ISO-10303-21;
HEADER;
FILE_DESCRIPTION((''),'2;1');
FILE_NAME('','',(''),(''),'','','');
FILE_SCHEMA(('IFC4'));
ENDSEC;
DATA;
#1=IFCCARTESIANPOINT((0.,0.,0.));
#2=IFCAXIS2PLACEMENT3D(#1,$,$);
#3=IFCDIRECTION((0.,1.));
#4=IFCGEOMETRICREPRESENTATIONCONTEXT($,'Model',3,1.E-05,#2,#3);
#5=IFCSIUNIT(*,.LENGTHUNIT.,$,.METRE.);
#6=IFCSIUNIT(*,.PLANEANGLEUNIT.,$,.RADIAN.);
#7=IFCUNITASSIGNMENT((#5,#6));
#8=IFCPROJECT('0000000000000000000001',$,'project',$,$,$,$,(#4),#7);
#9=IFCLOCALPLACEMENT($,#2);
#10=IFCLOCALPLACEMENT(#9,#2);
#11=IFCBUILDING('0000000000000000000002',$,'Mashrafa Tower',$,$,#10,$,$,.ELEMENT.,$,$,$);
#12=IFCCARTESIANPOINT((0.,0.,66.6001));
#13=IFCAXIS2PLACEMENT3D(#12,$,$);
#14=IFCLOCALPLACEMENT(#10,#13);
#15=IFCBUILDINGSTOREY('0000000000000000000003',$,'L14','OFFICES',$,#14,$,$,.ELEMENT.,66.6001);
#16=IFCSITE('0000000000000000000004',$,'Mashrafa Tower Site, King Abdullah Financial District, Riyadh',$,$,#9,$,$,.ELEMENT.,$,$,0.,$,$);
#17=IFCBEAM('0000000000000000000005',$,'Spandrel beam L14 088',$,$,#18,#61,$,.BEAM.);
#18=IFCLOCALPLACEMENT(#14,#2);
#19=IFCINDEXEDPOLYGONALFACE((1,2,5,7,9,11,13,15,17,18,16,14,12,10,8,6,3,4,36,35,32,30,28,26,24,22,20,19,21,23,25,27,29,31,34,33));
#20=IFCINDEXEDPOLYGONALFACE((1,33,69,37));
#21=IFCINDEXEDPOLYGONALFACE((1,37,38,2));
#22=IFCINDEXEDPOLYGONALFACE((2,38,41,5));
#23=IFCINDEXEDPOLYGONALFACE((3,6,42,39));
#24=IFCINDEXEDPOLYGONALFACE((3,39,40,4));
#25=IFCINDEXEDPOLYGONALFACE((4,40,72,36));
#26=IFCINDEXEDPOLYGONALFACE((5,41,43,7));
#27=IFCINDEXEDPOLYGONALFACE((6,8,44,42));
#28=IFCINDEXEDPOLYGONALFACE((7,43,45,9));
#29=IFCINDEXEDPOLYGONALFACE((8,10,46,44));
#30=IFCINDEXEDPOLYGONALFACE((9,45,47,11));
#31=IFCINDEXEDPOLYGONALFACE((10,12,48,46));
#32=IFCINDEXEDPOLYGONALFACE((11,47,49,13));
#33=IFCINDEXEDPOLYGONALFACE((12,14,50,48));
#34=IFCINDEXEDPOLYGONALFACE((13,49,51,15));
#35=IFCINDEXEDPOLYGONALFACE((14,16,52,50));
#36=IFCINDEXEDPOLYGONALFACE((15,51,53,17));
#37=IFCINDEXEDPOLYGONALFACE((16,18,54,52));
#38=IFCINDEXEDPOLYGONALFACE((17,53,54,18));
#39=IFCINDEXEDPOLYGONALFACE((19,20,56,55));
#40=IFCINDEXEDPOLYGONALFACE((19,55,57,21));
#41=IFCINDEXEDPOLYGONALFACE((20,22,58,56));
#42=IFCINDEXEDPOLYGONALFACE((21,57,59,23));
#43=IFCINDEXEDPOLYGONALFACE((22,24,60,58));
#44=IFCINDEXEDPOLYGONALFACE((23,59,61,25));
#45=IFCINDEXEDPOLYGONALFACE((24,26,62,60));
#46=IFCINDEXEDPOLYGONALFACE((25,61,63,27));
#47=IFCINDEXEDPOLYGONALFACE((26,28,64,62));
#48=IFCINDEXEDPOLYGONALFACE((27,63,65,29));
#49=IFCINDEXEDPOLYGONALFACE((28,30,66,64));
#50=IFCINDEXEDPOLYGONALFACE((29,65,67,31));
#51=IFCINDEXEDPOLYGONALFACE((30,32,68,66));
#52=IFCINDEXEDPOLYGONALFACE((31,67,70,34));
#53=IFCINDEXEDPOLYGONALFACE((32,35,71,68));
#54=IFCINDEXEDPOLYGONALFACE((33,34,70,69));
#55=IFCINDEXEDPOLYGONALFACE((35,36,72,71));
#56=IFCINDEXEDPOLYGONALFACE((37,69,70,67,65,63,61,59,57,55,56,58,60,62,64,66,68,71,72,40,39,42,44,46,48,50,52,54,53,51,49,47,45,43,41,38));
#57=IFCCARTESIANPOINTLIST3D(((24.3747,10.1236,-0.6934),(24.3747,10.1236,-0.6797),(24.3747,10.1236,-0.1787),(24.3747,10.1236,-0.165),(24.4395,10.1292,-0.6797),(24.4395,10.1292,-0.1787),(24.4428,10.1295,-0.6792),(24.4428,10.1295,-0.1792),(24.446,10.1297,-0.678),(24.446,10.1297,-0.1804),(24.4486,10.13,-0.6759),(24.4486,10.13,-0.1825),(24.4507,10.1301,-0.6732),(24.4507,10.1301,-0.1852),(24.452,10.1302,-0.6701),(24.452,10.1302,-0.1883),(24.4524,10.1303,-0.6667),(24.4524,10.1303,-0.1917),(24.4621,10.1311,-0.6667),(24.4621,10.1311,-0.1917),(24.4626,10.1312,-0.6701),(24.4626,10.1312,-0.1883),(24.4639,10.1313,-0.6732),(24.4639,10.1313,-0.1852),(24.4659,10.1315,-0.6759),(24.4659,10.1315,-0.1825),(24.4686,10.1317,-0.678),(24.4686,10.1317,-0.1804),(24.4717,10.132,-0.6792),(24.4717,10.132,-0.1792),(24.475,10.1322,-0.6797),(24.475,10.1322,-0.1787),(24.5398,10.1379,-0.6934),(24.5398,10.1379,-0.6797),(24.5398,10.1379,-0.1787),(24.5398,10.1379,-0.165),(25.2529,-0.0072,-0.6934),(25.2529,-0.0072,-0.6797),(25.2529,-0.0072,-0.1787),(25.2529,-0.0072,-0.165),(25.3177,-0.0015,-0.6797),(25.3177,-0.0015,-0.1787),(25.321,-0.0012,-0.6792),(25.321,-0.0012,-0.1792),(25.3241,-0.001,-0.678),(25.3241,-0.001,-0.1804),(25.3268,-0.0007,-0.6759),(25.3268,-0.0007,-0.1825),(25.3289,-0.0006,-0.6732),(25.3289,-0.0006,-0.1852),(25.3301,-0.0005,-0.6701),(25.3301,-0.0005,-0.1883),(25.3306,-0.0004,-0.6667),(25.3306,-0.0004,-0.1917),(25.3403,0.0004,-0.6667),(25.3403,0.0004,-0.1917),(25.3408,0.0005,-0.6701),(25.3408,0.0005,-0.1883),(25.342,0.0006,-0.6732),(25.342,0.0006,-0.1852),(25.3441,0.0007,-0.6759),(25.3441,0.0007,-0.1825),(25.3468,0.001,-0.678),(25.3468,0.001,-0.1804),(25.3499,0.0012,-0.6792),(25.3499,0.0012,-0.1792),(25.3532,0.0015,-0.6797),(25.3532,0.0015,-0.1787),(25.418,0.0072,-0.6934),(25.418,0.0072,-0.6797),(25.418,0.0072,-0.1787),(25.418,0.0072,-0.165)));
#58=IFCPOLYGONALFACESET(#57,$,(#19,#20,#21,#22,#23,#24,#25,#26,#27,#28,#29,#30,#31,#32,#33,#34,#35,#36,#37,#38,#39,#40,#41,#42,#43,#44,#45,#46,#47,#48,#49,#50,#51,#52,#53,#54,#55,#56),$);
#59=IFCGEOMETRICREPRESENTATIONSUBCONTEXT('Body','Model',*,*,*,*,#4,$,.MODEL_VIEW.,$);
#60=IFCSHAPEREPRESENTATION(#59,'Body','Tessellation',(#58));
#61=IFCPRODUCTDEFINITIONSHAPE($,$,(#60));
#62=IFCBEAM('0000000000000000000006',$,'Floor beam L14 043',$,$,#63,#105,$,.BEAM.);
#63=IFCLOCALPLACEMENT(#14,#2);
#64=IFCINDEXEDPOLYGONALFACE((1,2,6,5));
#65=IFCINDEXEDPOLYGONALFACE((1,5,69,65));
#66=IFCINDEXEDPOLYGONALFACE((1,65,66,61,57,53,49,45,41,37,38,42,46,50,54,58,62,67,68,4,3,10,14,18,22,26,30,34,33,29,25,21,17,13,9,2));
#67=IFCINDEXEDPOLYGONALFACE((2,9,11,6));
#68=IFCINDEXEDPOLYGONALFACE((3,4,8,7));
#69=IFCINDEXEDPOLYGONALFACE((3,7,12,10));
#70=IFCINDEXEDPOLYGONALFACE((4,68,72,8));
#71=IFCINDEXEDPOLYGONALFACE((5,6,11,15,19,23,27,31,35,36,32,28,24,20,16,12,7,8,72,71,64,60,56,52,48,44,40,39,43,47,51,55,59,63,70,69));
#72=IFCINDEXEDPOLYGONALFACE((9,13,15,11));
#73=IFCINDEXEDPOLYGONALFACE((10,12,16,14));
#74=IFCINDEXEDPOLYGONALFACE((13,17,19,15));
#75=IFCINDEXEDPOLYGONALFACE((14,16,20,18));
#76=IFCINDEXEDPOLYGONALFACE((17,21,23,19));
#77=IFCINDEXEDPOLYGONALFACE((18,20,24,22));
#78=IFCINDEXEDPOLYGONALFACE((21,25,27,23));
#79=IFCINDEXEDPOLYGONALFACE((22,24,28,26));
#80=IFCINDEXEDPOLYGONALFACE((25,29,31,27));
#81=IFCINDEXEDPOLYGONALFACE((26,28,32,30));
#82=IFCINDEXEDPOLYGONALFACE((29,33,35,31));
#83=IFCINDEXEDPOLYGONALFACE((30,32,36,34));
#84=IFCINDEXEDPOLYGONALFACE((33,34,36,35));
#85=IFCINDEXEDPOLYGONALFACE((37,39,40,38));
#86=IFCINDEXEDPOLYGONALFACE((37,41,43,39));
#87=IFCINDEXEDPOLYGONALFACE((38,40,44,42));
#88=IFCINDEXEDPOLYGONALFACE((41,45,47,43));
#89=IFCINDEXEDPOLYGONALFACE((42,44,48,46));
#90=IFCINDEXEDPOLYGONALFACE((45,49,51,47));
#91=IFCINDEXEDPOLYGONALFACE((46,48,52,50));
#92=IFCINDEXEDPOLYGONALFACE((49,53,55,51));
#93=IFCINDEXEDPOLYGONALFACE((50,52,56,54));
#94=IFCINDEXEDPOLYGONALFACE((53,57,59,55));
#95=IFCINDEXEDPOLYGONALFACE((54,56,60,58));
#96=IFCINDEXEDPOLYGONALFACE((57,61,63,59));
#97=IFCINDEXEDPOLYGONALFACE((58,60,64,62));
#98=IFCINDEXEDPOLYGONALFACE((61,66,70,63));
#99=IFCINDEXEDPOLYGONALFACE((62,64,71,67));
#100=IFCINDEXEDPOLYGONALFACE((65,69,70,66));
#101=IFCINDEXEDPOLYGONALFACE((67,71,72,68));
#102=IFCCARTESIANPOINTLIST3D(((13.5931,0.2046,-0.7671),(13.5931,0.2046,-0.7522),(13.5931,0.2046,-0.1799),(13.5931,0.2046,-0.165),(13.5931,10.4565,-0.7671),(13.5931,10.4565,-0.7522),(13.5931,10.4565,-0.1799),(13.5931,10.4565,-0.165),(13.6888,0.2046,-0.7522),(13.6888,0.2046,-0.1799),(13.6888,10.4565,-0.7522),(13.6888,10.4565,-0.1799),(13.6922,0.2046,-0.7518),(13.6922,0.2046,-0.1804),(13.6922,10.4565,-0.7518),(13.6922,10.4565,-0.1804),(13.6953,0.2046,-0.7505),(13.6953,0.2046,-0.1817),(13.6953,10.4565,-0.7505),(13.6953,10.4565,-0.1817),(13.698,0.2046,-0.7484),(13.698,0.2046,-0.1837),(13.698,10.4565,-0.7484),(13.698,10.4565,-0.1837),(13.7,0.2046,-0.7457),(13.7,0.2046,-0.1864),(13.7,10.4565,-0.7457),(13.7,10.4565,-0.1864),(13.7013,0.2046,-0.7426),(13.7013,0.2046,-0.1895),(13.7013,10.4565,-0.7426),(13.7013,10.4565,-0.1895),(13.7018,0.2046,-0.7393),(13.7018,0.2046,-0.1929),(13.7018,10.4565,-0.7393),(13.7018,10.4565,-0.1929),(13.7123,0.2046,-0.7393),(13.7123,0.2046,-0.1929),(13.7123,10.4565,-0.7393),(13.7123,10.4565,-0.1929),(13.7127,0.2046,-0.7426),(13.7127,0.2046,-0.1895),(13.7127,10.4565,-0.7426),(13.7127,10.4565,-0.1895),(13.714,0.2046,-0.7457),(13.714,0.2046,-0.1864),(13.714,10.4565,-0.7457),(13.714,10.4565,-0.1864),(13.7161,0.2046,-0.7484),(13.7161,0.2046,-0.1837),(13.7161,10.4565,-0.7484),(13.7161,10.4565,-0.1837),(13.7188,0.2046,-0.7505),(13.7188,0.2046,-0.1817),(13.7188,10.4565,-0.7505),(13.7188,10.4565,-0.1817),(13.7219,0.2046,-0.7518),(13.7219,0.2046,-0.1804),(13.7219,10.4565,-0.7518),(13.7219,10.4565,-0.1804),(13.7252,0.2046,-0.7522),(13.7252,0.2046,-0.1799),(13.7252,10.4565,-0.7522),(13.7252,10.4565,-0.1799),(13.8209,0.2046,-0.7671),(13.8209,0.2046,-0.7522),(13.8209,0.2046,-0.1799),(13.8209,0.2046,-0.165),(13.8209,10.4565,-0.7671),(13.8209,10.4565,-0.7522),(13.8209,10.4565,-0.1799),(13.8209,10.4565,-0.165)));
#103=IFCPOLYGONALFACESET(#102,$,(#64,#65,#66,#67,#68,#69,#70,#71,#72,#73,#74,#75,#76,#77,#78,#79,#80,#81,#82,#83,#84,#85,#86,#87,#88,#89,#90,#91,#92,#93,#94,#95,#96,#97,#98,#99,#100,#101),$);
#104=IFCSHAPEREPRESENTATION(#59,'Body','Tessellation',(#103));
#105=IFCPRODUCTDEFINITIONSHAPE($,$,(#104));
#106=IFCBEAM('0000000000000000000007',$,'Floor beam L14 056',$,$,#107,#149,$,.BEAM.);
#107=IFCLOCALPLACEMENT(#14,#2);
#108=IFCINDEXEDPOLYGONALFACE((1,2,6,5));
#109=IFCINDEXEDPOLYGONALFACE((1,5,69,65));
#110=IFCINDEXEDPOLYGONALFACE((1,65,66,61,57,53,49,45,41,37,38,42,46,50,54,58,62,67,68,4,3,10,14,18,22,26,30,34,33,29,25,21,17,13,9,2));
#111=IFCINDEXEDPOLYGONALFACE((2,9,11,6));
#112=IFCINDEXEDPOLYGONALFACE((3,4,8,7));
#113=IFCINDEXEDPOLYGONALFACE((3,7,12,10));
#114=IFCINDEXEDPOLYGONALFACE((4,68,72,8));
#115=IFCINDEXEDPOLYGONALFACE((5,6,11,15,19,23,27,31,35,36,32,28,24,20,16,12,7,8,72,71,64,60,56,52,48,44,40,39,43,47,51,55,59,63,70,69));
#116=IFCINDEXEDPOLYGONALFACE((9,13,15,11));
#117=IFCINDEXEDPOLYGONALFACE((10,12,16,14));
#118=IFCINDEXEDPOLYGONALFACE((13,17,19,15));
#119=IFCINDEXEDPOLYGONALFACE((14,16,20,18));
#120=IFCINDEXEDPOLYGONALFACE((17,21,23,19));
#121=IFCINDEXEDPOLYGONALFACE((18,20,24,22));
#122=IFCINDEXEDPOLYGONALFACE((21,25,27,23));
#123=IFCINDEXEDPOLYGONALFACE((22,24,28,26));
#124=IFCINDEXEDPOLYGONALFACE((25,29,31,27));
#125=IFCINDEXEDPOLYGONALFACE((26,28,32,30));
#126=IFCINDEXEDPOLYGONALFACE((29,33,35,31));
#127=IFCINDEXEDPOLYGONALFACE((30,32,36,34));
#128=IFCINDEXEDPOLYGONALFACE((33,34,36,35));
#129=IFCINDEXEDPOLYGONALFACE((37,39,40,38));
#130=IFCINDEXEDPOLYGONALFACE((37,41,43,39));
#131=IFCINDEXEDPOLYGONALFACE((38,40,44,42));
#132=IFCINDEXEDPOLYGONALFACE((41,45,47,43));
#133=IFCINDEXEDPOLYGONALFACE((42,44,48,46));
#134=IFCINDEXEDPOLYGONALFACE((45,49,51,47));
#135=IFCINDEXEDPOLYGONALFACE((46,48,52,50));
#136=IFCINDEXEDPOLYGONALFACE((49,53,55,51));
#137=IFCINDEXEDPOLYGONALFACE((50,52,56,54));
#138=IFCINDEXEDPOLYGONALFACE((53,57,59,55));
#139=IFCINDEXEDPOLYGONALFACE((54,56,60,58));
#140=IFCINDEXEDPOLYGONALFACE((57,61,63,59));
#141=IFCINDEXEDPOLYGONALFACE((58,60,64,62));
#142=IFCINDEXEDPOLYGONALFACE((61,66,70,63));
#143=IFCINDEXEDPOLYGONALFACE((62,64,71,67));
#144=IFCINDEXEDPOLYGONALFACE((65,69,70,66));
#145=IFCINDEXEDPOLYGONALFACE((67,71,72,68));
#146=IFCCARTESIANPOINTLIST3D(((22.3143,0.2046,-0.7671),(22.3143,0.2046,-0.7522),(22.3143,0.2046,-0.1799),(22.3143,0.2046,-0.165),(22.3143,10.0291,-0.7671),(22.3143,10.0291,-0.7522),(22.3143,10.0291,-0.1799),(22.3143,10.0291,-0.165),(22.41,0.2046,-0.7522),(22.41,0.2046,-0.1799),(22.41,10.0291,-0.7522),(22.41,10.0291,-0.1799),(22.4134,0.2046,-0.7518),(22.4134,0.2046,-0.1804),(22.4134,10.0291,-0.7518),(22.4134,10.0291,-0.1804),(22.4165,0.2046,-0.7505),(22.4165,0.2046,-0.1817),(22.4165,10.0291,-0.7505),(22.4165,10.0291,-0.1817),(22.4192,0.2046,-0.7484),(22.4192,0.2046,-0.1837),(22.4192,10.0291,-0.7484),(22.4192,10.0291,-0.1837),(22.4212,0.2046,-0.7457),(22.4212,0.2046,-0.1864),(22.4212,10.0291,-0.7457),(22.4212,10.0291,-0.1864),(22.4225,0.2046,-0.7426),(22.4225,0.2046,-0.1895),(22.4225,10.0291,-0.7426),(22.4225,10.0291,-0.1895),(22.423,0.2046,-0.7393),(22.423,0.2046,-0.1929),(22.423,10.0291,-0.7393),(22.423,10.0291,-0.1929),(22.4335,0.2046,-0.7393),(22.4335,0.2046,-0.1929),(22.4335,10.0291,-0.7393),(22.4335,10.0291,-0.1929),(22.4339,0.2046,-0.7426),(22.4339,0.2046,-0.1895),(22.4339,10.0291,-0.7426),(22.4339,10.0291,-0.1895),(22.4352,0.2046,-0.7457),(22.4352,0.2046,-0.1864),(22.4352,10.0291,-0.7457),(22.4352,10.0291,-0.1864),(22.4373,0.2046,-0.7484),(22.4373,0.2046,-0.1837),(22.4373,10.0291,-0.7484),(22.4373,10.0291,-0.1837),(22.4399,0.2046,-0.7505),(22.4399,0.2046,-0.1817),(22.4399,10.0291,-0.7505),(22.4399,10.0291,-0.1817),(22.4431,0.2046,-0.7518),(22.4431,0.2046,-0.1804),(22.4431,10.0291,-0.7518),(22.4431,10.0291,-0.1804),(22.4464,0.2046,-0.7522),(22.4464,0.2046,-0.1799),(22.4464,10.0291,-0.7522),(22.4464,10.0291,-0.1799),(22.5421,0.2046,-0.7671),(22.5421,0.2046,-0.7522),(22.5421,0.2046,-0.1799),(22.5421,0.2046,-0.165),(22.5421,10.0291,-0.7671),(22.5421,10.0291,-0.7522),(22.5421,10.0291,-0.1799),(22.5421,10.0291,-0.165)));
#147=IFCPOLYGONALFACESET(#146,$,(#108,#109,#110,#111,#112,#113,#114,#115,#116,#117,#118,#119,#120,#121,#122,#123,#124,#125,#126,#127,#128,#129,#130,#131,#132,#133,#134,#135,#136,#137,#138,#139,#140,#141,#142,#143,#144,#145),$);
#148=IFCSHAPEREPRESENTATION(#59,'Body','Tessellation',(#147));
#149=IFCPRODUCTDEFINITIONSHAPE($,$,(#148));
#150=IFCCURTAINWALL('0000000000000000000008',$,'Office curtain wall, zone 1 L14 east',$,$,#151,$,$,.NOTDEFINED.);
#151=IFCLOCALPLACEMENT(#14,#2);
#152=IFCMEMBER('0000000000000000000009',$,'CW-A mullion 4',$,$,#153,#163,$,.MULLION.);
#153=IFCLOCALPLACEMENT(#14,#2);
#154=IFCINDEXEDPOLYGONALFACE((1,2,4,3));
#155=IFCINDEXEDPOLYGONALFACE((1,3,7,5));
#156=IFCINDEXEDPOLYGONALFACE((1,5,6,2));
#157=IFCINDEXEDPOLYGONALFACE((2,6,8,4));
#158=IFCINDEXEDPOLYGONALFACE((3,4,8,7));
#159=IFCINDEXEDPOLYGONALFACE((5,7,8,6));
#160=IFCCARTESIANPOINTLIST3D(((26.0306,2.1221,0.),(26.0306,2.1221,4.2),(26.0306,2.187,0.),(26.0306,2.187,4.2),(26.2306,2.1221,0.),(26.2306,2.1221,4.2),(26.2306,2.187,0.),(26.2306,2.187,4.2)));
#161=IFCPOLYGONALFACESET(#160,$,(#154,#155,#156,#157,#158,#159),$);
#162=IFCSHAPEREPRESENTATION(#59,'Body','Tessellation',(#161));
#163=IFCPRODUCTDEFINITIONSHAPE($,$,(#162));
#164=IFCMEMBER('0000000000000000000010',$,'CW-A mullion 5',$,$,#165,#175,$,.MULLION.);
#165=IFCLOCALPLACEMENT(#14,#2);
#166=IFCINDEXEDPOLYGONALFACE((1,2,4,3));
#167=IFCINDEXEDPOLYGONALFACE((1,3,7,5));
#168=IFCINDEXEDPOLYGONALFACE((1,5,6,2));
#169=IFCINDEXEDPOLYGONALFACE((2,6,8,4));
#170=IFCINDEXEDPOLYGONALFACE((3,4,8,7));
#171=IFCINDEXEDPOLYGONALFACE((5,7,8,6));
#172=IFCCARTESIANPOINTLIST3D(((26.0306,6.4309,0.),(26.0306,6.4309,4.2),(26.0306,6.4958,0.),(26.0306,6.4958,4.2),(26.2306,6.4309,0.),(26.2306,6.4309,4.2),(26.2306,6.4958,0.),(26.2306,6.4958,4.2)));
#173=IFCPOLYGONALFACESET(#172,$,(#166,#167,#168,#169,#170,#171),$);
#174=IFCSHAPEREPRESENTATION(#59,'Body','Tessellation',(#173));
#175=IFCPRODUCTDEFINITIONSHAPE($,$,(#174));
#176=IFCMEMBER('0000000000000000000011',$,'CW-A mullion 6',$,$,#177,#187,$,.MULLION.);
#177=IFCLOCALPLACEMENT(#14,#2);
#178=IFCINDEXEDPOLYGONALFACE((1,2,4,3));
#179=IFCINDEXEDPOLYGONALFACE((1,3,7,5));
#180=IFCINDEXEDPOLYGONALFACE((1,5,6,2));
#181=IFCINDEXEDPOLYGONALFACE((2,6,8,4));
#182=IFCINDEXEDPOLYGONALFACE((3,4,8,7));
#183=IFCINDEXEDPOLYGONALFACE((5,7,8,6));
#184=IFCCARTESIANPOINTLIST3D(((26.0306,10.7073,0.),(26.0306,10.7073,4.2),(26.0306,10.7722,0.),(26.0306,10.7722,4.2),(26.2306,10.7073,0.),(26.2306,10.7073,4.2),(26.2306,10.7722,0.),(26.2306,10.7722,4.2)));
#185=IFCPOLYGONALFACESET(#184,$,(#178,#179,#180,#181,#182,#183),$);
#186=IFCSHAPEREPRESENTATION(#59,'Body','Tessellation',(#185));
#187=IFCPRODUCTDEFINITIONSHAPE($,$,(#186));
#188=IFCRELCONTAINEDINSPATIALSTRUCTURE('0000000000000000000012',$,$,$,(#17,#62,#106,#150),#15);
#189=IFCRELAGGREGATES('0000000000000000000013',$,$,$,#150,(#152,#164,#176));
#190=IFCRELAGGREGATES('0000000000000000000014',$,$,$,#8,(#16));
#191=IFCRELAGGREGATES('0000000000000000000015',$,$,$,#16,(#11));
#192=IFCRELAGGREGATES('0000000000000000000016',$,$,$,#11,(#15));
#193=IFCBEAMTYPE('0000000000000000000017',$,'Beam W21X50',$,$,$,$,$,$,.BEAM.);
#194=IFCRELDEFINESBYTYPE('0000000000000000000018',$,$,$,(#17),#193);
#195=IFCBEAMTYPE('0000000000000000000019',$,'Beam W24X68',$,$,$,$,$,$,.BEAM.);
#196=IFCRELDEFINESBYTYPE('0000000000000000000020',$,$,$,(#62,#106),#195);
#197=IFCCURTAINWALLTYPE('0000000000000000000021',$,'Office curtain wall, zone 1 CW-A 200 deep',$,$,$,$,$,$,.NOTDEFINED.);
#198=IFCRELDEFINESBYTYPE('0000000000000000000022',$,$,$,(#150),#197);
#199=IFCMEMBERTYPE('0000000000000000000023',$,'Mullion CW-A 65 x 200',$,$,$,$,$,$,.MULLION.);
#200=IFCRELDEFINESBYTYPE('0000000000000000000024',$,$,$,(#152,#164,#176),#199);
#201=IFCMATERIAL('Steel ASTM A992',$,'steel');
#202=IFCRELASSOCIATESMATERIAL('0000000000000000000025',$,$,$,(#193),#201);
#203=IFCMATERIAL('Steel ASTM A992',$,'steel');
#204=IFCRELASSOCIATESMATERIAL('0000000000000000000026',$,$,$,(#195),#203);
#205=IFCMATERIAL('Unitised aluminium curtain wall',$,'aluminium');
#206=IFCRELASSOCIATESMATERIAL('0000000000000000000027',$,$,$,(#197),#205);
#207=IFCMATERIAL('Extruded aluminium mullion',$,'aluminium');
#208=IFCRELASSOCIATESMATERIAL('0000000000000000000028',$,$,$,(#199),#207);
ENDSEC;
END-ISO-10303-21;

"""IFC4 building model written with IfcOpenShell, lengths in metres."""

from ifc_helpers import new_model, si_unit, direction, frame, origin, origin_2d, place, context, subcontext, project, spatial, rectangle, i_section, extrude, source, transform, mapped, material, material_profile, profile_set, type_object, type_shapes, element, aggregate, save


model = new_model("IFC4")

# Units and contexts
model_context = context("Model", 3, precision=1e-05, world=origin(), true_north=direction((0.0, 1.0)))
body_context = subcontext(model_context, "Body", "Model", "MODEL_VIEW")
ifc_project = project(units=[si_unit("LENGTHUNIT", "METRE"), si_unit("PLANEANGLEUNIT", "RADIAN")], contexts=[model_context])

# Site, building, storey
site_placement = place(None, origin())
site = spatial("IfcSite", under=ifc_project, at=site_placement, Name="Mashrafa Tower Site, King Abdullah Financial District, Riyadh", CompositionType="ELEMENT", RefElevation=0.0)
building_placement = place(site_placement, origin())
building = spatial("IfcBuilding", under=site, at=building_placement, Name="Mashrafa Tower", CompositionType="ELEMENT")
storey_placement = place(building_placement, frame((0.0, 0.0, 66.6001)))
storey = spatial("IfcBuildingStorey", under=building, at=storey_placement, Name="L14", Description="OFFICES", CompositionType="ELEMENT", Elevation=66.6001)

# Beams
ifc_material_1 = material(Name="Steel ASTM A992", Category="steel")
ifc_material_profile_1 = material_profile(ifc_material_1, i_section(OverallWidth=0.1658, OverallDepth=0.5283, WebThickness=0.0098, FlangeThickness=0.0137, FilletRadius=0.0129, at=origin_2d()), Name="W21X50")
ifc_profile_set_1 = profile_set([ifc_material_profile_1], Name="Steel ASTM A992")
beam_type_1 = type_object("IfcBeamType", Name="Beam W21X50", PredefinedType="BEAM", material=ifc_profile_set_1)
beam_1_placement = place(storey_placement, frame((25.3354, 0.0, -0.4292), z_axis=(-0.086361, 0.996264, 0.0), x_axis=(-0.996264, -0.086361, 0.0)))
element("IfcBeam", 1, at=beam_1_placement, inside=storey, type_object=beam_type_1, Name="Spandrel beam L14 088", PredefinedType="BEAM", context=body_context, shape_type="SweptSolid", body=[
    extrude(i_section(OverallWidth=0.1658, OverallDepth=0.5283, WebThickness=0.0098, FlangeThickness=0.0137, FilletRadius=0.0129, at=origin_2d()), origin(), (0.0, 0.0, 1.0), 10.1687),
])
ifc_material_2 = material(Name="Steel ASTM A992", Category="steel")
ifc_material_profile_2 = material_profile(ifc_material_2, i_section(OverallWidth=0.2278, OverallDepth=0.6021, WebThickness=0.0105, FlangeThickness=0.0149, FilletRadius=0.0129, at=origin_2d()), Name="W24X68")
ifc_profile_set_2 = profile_set([ifc_material_profile_2], Name="Steel ASTM A992")
beam_type_2 = type_object("IfcBeamType", Name="Beam W24X68", PredefinedType="BEAM", material=ifc_profile_set_2)
beam_2_placement = place(storey_placement, frame((13.707, 10.4565, -0.4661), z_axis=(0.0, -1.0, 0.0), x_axis=(1.0, 0.0, 0.0)))
element("IfcBeam", 2, at=beam_2_placement, inside=storey, type_object=beam_type_2, Name="Floor beam L14 043", PredefinedType="BEAM", context=body_context, shape_type="SweptSolid", body=[
    extrude(i_section(OverallWidth=0.2278, OverallDepth=0.6021, WebThickness=0.0105, FlangeThickness=0.0149, FilletRadius=0.0129, at=origin_2d()), origin(), (0.0, 0.0, 1.0), 10.252),
])
beam_3_placement = place(storey_placement, frame((22.4282, 10.0291, -0.4661), z_axis=(0.0, -1.0, 0.0), x_axis=(1.0, 0.0, 0.0)))
element("IfcBeam", 3, at=beam_3_placement, inside=storey, type_object=beam_type_2, Name="Floor beam L14 056", PredefinedType="BEAM", context=body_context, shape_type="SweptSolid", body=[
    extrude(i_section(OverallWidth=0.2278, OverallDepth=0.6021, WebThickness=0.0105, FlangeThickness=0.0149, FilletRadius=0.0129, at=origin_2d()), origin(), (0.0, 0.0, 1.0), 9.8245),
])

# Curtain wall, members
ifc_material_3 = material(Name="Unitised aluminium curtain wall", Category="aluminium")
curtain_wall_type = type_object("IfcCurtainWallType", Name="Office curtain wall, zone 1 CW-A 200 deep", PredefinedType="NOTDEFINED", material=ifc_material_3)
curtain_wall_1_placement = place(storey_placement, origin())
curtain_wall_1 = element("IfcCurtainWall", 4, at=curtain_wall_1_placement, inside=storey, type_object=curtain_wall_type, Name="Office curtain wall, zone 1 L14 east", PredefinedType="NOTDEFINED")
ifc_material_4 = material(Name="Extruded aluminium mullion", Category="aluminium")
ifc_material_profile_3 = material_profile(ifc_material_4, rectangle(XDim=0.2, YDim=0.0649, at=origin_2d()), Name="Mullion 65x200")
ifc_profile_set_3 = profile_set([ifc_material_profile_3], Name="Extruded aluminium mullion")
member_type_1 = type_object("IfcMemberType", Name="Mullion CW-A 65 x 200", PredefinedType="MULLION", material=ifc_profile_set_3)
shared_shape_1 = source(origin(), body_context, "Body", "SweptSolid", [
    extrude(rectangle(XDim=0.2, YDim=0.0649, at=origin_2d()), origin(), (0.0, 0.0, 1.0), 4.2),
])
type_shapes(member_type_1, [shared_shape_1])
member_1_placement = place(storey_placement, frame((26.1306, 2.1545, 0.0), z_axis=(0.0, 0.0, 1.0), x_axis=(-1.0, 0.0, 0.0)))
member_1 = element("IfcMember", 5, at=member_1_placement, type_object=member_type_1, Name="CW-A mullion 4", PredefinedType="MULLION", context=body_context, shape_type="MappedRepresentation", body=[
    mapped(shared_shape_1, transform((0.0, 0.0, 0.0))),
])
member_2_placement = place(storey_placement, frame((26.1306, 6.4634, 0.0), z_axis=(0.0, 0.0, 1.0), x_axis=(-1.0, 0.0, 0.0)))
member_2 = element("IfcMember", 6, at=member_2_placement, type_object=member_type_1, Name="CW-A mullion 5", PredefinedType="MULLION", context=body_context, shape_type="MappedRepresentation", body=[
    mapped(shared_shape_1, transform((0.0, 0.0, 0.0))),
])
member_3_placement = place(storey_placement, frame((26.1306, 10.7397, 0.0), z_axis=(0.0, 0.0, 1.0), x_axis=(-1.0, 0.0, 0.0)))
member_3 = element("IfcMember", 7, at=member_3_placement, type_object=member_type_1, Name="CW-A mullion 6", PredefinedType="MULLION", context=body_context, shape_type="MappedRepresentation", body=[
    mapped(shared_shape_1, transform((0.0, 0.0, 0.0))),
])

aggregate(curtain_wall_1, [member_1, member_2, member_3])

save(model, "model.ifc")
